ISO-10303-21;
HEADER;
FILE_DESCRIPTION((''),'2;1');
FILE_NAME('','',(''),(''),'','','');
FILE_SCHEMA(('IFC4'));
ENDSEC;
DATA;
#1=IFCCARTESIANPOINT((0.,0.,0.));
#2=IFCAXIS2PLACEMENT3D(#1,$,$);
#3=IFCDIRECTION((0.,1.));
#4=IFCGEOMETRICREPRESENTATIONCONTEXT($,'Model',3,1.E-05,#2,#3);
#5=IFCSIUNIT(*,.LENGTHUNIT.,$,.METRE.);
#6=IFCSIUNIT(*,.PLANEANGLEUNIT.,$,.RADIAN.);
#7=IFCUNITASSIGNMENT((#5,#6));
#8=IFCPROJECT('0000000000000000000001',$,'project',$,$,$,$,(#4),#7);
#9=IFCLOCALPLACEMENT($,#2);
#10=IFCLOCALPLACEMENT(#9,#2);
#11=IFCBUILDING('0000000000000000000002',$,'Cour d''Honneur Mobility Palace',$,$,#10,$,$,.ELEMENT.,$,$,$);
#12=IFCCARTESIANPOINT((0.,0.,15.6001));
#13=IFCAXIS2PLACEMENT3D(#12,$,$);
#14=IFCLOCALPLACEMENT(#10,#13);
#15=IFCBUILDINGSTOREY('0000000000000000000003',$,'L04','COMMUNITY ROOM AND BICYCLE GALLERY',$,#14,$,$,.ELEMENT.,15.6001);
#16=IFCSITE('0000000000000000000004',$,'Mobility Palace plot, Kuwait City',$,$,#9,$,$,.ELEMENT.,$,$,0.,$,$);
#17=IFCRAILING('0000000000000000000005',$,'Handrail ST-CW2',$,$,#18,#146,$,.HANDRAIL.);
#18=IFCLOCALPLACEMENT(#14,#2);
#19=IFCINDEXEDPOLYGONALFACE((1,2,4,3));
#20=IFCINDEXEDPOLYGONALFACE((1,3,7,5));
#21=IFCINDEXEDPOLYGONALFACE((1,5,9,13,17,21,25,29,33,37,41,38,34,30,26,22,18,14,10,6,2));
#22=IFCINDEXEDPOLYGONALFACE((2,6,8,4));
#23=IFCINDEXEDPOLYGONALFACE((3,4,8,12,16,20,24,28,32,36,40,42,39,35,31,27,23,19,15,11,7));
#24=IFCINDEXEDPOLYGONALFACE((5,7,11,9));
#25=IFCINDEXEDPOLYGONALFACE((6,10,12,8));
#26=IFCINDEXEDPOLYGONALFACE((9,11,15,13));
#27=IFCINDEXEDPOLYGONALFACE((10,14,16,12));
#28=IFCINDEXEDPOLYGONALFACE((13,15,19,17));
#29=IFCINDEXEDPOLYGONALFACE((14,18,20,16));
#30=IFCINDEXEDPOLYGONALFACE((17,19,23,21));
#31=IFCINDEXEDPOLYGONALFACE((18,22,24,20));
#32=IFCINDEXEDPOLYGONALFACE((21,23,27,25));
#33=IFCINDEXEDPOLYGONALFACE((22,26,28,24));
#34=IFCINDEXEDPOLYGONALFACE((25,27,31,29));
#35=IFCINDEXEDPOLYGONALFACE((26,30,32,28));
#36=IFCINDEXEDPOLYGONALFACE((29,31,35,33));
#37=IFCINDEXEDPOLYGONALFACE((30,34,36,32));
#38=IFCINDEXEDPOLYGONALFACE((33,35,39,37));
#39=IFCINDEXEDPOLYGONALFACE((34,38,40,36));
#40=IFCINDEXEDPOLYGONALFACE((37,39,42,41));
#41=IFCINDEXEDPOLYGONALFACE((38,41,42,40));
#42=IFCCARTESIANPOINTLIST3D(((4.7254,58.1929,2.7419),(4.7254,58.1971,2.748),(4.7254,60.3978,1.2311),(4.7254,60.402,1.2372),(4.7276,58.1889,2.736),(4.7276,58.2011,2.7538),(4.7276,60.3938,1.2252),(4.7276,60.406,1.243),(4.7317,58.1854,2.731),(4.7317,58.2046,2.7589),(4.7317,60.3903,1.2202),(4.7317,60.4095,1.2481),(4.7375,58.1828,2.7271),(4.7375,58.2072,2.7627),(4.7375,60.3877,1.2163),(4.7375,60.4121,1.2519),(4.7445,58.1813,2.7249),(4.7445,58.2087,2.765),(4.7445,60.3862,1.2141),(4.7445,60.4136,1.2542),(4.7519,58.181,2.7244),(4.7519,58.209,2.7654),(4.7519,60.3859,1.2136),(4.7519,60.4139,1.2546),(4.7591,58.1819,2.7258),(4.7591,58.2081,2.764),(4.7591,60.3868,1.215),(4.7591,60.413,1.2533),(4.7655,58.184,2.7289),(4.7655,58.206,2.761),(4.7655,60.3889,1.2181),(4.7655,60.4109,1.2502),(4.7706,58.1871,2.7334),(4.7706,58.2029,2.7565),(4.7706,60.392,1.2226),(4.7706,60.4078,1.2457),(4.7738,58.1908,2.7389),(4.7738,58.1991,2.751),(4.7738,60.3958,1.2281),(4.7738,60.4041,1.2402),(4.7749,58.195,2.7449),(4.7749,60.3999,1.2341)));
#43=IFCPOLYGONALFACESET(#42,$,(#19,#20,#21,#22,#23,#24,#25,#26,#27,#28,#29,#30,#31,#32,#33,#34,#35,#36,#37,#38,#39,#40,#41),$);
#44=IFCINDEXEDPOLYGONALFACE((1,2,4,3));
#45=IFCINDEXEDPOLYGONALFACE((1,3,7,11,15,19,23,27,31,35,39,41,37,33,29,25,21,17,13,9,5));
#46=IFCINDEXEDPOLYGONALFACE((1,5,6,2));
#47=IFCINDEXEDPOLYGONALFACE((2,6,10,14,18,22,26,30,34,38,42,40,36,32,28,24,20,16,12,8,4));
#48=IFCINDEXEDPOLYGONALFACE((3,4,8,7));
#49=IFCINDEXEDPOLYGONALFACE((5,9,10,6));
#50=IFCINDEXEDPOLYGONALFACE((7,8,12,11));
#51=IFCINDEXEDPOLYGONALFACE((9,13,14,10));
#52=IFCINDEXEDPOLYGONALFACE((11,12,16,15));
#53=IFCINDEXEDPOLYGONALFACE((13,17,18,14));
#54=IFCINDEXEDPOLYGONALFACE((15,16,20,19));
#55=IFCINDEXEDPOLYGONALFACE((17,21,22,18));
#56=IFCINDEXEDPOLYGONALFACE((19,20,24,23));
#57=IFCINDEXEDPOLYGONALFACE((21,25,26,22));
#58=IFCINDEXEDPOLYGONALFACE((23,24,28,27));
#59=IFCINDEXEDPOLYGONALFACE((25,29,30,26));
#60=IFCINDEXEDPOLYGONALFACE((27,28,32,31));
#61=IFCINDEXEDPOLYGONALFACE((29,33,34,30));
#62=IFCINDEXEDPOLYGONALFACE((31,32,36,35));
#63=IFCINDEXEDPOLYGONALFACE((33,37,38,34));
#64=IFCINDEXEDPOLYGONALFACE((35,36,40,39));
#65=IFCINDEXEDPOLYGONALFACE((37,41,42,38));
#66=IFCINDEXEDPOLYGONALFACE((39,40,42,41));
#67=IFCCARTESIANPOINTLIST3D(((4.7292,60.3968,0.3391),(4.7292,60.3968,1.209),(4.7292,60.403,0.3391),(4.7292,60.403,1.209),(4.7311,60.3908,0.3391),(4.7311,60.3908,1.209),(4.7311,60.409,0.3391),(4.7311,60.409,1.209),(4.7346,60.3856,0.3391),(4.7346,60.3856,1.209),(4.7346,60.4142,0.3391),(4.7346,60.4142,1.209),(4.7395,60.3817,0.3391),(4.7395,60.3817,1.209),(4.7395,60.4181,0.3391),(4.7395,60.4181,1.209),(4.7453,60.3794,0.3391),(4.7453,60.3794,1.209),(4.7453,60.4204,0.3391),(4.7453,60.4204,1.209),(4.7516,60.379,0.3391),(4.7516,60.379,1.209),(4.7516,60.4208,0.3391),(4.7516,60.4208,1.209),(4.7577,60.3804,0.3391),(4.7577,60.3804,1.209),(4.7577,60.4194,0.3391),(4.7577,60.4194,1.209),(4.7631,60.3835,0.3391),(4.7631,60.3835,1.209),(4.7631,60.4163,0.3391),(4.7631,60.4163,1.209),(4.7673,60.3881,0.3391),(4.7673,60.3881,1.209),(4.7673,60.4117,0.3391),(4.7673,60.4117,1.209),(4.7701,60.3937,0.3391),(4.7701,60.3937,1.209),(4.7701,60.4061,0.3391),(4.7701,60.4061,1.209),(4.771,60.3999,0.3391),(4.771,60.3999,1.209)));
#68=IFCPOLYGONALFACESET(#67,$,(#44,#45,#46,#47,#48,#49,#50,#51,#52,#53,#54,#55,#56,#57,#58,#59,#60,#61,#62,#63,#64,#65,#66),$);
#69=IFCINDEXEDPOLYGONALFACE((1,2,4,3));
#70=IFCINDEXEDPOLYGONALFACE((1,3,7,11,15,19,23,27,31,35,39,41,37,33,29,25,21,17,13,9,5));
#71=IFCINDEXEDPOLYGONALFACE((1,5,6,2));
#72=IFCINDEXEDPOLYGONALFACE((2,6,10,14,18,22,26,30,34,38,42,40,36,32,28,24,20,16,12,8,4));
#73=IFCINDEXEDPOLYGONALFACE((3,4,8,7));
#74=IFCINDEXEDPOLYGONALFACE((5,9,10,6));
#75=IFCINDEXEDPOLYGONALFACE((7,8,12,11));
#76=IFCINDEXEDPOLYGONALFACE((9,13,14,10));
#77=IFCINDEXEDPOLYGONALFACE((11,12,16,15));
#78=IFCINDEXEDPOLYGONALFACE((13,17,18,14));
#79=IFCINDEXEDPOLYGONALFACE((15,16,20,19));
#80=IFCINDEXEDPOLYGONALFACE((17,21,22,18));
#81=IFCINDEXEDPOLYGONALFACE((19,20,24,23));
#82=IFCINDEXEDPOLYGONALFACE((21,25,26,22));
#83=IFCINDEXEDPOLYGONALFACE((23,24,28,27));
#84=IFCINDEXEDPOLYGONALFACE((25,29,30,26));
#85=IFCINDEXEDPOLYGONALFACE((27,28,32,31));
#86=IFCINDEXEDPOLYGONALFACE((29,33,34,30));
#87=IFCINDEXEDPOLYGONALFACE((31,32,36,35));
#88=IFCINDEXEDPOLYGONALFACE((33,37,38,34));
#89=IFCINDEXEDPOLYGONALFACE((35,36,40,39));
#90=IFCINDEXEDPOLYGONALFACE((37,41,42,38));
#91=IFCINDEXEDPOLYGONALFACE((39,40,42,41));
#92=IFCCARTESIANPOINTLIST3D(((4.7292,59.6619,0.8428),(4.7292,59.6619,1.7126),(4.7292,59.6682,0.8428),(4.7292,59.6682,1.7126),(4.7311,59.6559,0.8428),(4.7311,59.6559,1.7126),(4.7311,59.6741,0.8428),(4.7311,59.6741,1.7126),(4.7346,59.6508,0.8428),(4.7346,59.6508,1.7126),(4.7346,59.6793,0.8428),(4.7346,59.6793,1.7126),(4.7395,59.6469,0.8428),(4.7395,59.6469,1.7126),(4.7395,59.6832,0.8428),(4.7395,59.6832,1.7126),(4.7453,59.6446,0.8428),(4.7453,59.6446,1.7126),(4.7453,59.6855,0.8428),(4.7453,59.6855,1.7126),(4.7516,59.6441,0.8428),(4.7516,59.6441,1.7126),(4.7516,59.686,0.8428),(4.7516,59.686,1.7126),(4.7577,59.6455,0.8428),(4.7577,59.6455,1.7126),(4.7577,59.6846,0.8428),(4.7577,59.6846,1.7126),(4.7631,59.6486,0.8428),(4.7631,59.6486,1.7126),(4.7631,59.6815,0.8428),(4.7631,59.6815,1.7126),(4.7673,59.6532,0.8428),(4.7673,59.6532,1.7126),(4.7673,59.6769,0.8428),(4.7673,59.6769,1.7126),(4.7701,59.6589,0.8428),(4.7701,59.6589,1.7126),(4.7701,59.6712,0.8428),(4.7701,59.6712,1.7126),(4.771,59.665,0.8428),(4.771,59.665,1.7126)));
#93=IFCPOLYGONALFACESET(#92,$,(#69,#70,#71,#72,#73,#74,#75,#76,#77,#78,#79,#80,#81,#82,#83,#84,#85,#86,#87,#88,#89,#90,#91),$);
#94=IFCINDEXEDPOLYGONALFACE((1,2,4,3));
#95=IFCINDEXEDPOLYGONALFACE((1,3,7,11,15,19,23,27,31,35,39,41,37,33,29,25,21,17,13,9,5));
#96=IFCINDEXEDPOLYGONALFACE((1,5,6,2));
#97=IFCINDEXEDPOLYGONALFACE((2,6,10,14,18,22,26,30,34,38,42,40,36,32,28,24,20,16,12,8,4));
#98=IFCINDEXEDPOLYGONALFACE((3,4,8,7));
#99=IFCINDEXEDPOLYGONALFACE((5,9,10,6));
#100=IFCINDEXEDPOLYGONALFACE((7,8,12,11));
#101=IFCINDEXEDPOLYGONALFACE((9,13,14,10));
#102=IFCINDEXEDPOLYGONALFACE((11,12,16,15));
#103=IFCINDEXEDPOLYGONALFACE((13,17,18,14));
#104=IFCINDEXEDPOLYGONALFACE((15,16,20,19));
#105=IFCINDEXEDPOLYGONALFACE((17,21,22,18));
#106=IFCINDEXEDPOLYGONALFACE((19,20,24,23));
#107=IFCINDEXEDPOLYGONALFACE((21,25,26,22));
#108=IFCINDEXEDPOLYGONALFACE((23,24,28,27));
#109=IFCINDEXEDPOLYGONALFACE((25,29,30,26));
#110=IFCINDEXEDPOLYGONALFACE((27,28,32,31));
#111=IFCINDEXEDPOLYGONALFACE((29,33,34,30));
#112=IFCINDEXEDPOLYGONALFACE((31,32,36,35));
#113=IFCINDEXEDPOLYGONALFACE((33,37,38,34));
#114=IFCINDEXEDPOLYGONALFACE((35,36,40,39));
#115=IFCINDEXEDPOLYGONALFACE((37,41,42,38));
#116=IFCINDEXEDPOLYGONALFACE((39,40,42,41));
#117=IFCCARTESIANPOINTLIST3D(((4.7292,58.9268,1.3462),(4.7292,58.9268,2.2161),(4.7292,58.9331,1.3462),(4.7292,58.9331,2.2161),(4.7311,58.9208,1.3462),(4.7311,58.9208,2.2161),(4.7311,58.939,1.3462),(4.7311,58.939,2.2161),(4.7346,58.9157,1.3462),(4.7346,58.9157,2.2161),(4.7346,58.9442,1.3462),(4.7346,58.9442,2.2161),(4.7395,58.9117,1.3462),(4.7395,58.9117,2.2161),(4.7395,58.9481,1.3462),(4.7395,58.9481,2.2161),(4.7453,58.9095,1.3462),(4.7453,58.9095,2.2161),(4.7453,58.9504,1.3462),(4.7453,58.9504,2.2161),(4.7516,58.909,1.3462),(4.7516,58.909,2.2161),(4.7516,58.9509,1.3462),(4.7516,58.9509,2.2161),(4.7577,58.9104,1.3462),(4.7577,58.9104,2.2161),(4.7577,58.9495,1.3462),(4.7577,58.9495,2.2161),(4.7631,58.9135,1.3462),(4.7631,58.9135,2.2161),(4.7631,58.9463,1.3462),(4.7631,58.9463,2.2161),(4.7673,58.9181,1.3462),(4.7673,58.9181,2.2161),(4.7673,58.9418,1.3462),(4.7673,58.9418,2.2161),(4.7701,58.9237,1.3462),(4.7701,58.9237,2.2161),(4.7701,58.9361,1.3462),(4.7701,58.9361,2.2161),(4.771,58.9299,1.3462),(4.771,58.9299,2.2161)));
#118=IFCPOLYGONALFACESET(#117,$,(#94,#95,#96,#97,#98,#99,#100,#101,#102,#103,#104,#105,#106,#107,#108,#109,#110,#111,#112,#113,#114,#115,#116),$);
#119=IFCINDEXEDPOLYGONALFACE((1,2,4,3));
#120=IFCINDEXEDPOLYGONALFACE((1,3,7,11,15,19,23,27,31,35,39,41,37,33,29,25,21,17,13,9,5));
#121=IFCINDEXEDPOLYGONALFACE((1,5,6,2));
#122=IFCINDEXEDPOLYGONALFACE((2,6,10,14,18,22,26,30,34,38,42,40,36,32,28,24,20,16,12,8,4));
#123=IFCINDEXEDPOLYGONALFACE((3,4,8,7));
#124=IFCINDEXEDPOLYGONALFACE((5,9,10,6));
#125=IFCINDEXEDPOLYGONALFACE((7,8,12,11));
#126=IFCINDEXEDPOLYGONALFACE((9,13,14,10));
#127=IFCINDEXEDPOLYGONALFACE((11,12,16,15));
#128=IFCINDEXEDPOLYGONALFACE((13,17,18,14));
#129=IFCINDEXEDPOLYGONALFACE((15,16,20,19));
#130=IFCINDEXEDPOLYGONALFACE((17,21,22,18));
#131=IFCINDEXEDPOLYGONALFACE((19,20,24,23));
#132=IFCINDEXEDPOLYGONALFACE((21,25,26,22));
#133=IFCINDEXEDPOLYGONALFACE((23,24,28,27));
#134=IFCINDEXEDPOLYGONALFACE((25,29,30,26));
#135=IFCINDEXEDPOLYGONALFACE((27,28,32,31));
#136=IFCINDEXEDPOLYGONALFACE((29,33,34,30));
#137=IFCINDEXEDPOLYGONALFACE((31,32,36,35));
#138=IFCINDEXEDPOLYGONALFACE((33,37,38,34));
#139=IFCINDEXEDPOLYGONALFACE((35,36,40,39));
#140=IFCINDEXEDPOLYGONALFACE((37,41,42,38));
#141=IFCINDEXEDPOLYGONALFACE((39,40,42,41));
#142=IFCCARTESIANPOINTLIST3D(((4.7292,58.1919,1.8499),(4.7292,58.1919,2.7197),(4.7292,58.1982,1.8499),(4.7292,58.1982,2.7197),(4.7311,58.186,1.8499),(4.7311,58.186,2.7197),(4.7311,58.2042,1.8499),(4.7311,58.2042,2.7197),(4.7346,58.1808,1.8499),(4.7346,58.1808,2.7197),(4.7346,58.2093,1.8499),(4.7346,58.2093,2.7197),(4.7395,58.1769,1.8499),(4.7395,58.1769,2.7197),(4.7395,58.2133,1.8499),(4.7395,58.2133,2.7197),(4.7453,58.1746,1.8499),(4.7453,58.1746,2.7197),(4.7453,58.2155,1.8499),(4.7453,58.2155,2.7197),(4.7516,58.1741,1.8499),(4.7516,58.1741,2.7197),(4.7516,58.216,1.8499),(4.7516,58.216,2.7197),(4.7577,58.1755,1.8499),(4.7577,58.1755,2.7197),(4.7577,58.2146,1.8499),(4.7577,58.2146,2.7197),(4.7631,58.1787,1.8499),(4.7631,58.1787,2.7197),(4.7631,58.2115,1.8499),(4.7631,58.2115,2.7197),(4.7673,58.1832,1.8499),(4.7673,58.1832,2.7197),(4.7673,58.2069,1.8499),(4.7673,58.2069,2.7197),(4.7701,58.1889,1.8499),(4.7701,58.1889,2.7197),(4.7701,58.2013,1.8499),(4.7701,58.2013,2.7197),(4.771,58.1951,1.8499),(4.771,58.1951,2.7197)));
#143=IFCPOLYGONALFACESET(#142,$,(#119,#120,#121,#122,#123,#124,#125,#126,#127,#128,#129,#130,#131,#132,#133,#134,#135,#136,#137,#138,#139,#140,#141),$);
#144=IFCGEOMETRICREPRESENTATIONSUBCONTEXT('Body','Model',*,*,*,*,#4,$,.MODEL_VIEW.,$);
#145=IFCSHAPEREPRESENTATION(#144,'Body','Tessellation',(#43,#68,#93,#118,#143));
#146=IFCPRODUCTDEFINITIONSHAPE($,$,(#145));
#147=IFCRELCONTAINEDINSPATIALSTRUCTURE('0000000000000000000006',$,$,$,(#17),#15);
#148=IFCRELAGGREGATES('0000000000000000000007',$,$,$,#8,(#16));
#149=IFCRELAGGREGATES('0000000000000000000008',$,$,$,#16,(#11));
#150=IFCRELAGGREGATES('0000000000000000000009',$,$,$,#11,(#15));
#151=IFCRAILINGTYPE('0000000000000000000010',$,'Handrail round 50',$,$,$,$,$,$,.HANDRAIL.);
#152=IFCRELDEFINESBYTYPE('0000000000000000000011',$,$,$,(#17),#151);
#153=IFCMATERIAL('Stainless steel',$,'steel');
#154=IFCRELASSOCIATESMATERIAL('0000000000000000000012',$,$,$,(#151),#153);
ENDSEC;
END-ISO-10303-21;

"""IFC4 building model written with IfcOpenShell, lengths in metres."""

from ifc_helpers import new_model, si_unit, direction, frame, origin, origin_2d, place, context, subcontext, project, spatial, circle, extrude, material, type_object, element, save


model = new_model("IFC4")

# Units and contexts
model_context = context("Model", 3, precision=1e-05, world=origin(), true_north=direction((0.0, 1.0)))
body_context = subcontext(model_context, "Body", "Model", "MODEL_VIEW")
ifc_project = project(units=[si_unit("LENGTHUNIT", "METRE"), si_unit("PLANEANGLEUNIT", "RADIAN")], contexts=[model_context])

# Site, building, storey
site_placement = place(None, origin())
site = spatial("IfcSite", under=ifc_project, at=site_placement, Name="Mobility Palace plot, Kuwait City", CompositionType="ELEMENT", RefElevation=0.0)
building_placement = place(site_placement, origin())
building = spatial("IfcBuilding", under=site, at=building_placement, Name="Cour d'Honneur Mobility Palace", CompositionType="ELEMENT")
storey_placement = place(building_placement, frame((0.0, 0.0, 15.6001)))
storey = spatial("IfcBuildingStorey", under=building, at=storey_placement, Name="L04", Description="COMMUNITY ROOM AND BICYCLE GALLERY", CompositionType="ELEMENT", Elevation=15.6001)

# Railing
ifc_material_1 = material(Name="Stainless steel", Category="steel")
railing_type_1 = type_object("IfcRailingType", Name="Handrail round 50", PredefinedType="HANDRAIL", material=ifc_material_1)
railing_1_placement = place(storey_placement, frame((4.75, 60.3999, 0.3391)))
element("IfcRailing", 1, at=railing_1_placement, inside=storey, type_object=railing_type_1, Name="Handrail ST-CW2", PredefinedType="HANDRAIL", context=body_context, shape_type="SweptSolid", body=[
    extrude(circle(Radius=0.0249, at=origin_2d()), frame((0.0, 0.0, 0.895), z_axis=(0.0, -0.824928, 0.565237), x_axis=(1.0, 0.0, 0.0)), (0.0, 0.0, 1.0), 2.6729),
    extrude(circle(Radius=0.021, at=origin_2d()), origin(), (0.0, 0.0, 1.0), 0.8699),
    extrude(circle(Radius=0.021, at=origin_2d()), frame((0.0, -0.7349, 0.5037)), (0.0, 0.0, 1.0), 0.8699),
    extrude(circle(Radius=0.021, at=origin_2d()), frame((0.0, -1.47, 1.0071)), (0.0, 0.0, 1.0), 0.8699),
    extrude(circle(Radius=0.021, at=origin_2d()), frame((0.0, -2.2048, 1.5107)), (0.0, 0.0, 1.0), 0.8699),
])

save(model, "model.ifc")
